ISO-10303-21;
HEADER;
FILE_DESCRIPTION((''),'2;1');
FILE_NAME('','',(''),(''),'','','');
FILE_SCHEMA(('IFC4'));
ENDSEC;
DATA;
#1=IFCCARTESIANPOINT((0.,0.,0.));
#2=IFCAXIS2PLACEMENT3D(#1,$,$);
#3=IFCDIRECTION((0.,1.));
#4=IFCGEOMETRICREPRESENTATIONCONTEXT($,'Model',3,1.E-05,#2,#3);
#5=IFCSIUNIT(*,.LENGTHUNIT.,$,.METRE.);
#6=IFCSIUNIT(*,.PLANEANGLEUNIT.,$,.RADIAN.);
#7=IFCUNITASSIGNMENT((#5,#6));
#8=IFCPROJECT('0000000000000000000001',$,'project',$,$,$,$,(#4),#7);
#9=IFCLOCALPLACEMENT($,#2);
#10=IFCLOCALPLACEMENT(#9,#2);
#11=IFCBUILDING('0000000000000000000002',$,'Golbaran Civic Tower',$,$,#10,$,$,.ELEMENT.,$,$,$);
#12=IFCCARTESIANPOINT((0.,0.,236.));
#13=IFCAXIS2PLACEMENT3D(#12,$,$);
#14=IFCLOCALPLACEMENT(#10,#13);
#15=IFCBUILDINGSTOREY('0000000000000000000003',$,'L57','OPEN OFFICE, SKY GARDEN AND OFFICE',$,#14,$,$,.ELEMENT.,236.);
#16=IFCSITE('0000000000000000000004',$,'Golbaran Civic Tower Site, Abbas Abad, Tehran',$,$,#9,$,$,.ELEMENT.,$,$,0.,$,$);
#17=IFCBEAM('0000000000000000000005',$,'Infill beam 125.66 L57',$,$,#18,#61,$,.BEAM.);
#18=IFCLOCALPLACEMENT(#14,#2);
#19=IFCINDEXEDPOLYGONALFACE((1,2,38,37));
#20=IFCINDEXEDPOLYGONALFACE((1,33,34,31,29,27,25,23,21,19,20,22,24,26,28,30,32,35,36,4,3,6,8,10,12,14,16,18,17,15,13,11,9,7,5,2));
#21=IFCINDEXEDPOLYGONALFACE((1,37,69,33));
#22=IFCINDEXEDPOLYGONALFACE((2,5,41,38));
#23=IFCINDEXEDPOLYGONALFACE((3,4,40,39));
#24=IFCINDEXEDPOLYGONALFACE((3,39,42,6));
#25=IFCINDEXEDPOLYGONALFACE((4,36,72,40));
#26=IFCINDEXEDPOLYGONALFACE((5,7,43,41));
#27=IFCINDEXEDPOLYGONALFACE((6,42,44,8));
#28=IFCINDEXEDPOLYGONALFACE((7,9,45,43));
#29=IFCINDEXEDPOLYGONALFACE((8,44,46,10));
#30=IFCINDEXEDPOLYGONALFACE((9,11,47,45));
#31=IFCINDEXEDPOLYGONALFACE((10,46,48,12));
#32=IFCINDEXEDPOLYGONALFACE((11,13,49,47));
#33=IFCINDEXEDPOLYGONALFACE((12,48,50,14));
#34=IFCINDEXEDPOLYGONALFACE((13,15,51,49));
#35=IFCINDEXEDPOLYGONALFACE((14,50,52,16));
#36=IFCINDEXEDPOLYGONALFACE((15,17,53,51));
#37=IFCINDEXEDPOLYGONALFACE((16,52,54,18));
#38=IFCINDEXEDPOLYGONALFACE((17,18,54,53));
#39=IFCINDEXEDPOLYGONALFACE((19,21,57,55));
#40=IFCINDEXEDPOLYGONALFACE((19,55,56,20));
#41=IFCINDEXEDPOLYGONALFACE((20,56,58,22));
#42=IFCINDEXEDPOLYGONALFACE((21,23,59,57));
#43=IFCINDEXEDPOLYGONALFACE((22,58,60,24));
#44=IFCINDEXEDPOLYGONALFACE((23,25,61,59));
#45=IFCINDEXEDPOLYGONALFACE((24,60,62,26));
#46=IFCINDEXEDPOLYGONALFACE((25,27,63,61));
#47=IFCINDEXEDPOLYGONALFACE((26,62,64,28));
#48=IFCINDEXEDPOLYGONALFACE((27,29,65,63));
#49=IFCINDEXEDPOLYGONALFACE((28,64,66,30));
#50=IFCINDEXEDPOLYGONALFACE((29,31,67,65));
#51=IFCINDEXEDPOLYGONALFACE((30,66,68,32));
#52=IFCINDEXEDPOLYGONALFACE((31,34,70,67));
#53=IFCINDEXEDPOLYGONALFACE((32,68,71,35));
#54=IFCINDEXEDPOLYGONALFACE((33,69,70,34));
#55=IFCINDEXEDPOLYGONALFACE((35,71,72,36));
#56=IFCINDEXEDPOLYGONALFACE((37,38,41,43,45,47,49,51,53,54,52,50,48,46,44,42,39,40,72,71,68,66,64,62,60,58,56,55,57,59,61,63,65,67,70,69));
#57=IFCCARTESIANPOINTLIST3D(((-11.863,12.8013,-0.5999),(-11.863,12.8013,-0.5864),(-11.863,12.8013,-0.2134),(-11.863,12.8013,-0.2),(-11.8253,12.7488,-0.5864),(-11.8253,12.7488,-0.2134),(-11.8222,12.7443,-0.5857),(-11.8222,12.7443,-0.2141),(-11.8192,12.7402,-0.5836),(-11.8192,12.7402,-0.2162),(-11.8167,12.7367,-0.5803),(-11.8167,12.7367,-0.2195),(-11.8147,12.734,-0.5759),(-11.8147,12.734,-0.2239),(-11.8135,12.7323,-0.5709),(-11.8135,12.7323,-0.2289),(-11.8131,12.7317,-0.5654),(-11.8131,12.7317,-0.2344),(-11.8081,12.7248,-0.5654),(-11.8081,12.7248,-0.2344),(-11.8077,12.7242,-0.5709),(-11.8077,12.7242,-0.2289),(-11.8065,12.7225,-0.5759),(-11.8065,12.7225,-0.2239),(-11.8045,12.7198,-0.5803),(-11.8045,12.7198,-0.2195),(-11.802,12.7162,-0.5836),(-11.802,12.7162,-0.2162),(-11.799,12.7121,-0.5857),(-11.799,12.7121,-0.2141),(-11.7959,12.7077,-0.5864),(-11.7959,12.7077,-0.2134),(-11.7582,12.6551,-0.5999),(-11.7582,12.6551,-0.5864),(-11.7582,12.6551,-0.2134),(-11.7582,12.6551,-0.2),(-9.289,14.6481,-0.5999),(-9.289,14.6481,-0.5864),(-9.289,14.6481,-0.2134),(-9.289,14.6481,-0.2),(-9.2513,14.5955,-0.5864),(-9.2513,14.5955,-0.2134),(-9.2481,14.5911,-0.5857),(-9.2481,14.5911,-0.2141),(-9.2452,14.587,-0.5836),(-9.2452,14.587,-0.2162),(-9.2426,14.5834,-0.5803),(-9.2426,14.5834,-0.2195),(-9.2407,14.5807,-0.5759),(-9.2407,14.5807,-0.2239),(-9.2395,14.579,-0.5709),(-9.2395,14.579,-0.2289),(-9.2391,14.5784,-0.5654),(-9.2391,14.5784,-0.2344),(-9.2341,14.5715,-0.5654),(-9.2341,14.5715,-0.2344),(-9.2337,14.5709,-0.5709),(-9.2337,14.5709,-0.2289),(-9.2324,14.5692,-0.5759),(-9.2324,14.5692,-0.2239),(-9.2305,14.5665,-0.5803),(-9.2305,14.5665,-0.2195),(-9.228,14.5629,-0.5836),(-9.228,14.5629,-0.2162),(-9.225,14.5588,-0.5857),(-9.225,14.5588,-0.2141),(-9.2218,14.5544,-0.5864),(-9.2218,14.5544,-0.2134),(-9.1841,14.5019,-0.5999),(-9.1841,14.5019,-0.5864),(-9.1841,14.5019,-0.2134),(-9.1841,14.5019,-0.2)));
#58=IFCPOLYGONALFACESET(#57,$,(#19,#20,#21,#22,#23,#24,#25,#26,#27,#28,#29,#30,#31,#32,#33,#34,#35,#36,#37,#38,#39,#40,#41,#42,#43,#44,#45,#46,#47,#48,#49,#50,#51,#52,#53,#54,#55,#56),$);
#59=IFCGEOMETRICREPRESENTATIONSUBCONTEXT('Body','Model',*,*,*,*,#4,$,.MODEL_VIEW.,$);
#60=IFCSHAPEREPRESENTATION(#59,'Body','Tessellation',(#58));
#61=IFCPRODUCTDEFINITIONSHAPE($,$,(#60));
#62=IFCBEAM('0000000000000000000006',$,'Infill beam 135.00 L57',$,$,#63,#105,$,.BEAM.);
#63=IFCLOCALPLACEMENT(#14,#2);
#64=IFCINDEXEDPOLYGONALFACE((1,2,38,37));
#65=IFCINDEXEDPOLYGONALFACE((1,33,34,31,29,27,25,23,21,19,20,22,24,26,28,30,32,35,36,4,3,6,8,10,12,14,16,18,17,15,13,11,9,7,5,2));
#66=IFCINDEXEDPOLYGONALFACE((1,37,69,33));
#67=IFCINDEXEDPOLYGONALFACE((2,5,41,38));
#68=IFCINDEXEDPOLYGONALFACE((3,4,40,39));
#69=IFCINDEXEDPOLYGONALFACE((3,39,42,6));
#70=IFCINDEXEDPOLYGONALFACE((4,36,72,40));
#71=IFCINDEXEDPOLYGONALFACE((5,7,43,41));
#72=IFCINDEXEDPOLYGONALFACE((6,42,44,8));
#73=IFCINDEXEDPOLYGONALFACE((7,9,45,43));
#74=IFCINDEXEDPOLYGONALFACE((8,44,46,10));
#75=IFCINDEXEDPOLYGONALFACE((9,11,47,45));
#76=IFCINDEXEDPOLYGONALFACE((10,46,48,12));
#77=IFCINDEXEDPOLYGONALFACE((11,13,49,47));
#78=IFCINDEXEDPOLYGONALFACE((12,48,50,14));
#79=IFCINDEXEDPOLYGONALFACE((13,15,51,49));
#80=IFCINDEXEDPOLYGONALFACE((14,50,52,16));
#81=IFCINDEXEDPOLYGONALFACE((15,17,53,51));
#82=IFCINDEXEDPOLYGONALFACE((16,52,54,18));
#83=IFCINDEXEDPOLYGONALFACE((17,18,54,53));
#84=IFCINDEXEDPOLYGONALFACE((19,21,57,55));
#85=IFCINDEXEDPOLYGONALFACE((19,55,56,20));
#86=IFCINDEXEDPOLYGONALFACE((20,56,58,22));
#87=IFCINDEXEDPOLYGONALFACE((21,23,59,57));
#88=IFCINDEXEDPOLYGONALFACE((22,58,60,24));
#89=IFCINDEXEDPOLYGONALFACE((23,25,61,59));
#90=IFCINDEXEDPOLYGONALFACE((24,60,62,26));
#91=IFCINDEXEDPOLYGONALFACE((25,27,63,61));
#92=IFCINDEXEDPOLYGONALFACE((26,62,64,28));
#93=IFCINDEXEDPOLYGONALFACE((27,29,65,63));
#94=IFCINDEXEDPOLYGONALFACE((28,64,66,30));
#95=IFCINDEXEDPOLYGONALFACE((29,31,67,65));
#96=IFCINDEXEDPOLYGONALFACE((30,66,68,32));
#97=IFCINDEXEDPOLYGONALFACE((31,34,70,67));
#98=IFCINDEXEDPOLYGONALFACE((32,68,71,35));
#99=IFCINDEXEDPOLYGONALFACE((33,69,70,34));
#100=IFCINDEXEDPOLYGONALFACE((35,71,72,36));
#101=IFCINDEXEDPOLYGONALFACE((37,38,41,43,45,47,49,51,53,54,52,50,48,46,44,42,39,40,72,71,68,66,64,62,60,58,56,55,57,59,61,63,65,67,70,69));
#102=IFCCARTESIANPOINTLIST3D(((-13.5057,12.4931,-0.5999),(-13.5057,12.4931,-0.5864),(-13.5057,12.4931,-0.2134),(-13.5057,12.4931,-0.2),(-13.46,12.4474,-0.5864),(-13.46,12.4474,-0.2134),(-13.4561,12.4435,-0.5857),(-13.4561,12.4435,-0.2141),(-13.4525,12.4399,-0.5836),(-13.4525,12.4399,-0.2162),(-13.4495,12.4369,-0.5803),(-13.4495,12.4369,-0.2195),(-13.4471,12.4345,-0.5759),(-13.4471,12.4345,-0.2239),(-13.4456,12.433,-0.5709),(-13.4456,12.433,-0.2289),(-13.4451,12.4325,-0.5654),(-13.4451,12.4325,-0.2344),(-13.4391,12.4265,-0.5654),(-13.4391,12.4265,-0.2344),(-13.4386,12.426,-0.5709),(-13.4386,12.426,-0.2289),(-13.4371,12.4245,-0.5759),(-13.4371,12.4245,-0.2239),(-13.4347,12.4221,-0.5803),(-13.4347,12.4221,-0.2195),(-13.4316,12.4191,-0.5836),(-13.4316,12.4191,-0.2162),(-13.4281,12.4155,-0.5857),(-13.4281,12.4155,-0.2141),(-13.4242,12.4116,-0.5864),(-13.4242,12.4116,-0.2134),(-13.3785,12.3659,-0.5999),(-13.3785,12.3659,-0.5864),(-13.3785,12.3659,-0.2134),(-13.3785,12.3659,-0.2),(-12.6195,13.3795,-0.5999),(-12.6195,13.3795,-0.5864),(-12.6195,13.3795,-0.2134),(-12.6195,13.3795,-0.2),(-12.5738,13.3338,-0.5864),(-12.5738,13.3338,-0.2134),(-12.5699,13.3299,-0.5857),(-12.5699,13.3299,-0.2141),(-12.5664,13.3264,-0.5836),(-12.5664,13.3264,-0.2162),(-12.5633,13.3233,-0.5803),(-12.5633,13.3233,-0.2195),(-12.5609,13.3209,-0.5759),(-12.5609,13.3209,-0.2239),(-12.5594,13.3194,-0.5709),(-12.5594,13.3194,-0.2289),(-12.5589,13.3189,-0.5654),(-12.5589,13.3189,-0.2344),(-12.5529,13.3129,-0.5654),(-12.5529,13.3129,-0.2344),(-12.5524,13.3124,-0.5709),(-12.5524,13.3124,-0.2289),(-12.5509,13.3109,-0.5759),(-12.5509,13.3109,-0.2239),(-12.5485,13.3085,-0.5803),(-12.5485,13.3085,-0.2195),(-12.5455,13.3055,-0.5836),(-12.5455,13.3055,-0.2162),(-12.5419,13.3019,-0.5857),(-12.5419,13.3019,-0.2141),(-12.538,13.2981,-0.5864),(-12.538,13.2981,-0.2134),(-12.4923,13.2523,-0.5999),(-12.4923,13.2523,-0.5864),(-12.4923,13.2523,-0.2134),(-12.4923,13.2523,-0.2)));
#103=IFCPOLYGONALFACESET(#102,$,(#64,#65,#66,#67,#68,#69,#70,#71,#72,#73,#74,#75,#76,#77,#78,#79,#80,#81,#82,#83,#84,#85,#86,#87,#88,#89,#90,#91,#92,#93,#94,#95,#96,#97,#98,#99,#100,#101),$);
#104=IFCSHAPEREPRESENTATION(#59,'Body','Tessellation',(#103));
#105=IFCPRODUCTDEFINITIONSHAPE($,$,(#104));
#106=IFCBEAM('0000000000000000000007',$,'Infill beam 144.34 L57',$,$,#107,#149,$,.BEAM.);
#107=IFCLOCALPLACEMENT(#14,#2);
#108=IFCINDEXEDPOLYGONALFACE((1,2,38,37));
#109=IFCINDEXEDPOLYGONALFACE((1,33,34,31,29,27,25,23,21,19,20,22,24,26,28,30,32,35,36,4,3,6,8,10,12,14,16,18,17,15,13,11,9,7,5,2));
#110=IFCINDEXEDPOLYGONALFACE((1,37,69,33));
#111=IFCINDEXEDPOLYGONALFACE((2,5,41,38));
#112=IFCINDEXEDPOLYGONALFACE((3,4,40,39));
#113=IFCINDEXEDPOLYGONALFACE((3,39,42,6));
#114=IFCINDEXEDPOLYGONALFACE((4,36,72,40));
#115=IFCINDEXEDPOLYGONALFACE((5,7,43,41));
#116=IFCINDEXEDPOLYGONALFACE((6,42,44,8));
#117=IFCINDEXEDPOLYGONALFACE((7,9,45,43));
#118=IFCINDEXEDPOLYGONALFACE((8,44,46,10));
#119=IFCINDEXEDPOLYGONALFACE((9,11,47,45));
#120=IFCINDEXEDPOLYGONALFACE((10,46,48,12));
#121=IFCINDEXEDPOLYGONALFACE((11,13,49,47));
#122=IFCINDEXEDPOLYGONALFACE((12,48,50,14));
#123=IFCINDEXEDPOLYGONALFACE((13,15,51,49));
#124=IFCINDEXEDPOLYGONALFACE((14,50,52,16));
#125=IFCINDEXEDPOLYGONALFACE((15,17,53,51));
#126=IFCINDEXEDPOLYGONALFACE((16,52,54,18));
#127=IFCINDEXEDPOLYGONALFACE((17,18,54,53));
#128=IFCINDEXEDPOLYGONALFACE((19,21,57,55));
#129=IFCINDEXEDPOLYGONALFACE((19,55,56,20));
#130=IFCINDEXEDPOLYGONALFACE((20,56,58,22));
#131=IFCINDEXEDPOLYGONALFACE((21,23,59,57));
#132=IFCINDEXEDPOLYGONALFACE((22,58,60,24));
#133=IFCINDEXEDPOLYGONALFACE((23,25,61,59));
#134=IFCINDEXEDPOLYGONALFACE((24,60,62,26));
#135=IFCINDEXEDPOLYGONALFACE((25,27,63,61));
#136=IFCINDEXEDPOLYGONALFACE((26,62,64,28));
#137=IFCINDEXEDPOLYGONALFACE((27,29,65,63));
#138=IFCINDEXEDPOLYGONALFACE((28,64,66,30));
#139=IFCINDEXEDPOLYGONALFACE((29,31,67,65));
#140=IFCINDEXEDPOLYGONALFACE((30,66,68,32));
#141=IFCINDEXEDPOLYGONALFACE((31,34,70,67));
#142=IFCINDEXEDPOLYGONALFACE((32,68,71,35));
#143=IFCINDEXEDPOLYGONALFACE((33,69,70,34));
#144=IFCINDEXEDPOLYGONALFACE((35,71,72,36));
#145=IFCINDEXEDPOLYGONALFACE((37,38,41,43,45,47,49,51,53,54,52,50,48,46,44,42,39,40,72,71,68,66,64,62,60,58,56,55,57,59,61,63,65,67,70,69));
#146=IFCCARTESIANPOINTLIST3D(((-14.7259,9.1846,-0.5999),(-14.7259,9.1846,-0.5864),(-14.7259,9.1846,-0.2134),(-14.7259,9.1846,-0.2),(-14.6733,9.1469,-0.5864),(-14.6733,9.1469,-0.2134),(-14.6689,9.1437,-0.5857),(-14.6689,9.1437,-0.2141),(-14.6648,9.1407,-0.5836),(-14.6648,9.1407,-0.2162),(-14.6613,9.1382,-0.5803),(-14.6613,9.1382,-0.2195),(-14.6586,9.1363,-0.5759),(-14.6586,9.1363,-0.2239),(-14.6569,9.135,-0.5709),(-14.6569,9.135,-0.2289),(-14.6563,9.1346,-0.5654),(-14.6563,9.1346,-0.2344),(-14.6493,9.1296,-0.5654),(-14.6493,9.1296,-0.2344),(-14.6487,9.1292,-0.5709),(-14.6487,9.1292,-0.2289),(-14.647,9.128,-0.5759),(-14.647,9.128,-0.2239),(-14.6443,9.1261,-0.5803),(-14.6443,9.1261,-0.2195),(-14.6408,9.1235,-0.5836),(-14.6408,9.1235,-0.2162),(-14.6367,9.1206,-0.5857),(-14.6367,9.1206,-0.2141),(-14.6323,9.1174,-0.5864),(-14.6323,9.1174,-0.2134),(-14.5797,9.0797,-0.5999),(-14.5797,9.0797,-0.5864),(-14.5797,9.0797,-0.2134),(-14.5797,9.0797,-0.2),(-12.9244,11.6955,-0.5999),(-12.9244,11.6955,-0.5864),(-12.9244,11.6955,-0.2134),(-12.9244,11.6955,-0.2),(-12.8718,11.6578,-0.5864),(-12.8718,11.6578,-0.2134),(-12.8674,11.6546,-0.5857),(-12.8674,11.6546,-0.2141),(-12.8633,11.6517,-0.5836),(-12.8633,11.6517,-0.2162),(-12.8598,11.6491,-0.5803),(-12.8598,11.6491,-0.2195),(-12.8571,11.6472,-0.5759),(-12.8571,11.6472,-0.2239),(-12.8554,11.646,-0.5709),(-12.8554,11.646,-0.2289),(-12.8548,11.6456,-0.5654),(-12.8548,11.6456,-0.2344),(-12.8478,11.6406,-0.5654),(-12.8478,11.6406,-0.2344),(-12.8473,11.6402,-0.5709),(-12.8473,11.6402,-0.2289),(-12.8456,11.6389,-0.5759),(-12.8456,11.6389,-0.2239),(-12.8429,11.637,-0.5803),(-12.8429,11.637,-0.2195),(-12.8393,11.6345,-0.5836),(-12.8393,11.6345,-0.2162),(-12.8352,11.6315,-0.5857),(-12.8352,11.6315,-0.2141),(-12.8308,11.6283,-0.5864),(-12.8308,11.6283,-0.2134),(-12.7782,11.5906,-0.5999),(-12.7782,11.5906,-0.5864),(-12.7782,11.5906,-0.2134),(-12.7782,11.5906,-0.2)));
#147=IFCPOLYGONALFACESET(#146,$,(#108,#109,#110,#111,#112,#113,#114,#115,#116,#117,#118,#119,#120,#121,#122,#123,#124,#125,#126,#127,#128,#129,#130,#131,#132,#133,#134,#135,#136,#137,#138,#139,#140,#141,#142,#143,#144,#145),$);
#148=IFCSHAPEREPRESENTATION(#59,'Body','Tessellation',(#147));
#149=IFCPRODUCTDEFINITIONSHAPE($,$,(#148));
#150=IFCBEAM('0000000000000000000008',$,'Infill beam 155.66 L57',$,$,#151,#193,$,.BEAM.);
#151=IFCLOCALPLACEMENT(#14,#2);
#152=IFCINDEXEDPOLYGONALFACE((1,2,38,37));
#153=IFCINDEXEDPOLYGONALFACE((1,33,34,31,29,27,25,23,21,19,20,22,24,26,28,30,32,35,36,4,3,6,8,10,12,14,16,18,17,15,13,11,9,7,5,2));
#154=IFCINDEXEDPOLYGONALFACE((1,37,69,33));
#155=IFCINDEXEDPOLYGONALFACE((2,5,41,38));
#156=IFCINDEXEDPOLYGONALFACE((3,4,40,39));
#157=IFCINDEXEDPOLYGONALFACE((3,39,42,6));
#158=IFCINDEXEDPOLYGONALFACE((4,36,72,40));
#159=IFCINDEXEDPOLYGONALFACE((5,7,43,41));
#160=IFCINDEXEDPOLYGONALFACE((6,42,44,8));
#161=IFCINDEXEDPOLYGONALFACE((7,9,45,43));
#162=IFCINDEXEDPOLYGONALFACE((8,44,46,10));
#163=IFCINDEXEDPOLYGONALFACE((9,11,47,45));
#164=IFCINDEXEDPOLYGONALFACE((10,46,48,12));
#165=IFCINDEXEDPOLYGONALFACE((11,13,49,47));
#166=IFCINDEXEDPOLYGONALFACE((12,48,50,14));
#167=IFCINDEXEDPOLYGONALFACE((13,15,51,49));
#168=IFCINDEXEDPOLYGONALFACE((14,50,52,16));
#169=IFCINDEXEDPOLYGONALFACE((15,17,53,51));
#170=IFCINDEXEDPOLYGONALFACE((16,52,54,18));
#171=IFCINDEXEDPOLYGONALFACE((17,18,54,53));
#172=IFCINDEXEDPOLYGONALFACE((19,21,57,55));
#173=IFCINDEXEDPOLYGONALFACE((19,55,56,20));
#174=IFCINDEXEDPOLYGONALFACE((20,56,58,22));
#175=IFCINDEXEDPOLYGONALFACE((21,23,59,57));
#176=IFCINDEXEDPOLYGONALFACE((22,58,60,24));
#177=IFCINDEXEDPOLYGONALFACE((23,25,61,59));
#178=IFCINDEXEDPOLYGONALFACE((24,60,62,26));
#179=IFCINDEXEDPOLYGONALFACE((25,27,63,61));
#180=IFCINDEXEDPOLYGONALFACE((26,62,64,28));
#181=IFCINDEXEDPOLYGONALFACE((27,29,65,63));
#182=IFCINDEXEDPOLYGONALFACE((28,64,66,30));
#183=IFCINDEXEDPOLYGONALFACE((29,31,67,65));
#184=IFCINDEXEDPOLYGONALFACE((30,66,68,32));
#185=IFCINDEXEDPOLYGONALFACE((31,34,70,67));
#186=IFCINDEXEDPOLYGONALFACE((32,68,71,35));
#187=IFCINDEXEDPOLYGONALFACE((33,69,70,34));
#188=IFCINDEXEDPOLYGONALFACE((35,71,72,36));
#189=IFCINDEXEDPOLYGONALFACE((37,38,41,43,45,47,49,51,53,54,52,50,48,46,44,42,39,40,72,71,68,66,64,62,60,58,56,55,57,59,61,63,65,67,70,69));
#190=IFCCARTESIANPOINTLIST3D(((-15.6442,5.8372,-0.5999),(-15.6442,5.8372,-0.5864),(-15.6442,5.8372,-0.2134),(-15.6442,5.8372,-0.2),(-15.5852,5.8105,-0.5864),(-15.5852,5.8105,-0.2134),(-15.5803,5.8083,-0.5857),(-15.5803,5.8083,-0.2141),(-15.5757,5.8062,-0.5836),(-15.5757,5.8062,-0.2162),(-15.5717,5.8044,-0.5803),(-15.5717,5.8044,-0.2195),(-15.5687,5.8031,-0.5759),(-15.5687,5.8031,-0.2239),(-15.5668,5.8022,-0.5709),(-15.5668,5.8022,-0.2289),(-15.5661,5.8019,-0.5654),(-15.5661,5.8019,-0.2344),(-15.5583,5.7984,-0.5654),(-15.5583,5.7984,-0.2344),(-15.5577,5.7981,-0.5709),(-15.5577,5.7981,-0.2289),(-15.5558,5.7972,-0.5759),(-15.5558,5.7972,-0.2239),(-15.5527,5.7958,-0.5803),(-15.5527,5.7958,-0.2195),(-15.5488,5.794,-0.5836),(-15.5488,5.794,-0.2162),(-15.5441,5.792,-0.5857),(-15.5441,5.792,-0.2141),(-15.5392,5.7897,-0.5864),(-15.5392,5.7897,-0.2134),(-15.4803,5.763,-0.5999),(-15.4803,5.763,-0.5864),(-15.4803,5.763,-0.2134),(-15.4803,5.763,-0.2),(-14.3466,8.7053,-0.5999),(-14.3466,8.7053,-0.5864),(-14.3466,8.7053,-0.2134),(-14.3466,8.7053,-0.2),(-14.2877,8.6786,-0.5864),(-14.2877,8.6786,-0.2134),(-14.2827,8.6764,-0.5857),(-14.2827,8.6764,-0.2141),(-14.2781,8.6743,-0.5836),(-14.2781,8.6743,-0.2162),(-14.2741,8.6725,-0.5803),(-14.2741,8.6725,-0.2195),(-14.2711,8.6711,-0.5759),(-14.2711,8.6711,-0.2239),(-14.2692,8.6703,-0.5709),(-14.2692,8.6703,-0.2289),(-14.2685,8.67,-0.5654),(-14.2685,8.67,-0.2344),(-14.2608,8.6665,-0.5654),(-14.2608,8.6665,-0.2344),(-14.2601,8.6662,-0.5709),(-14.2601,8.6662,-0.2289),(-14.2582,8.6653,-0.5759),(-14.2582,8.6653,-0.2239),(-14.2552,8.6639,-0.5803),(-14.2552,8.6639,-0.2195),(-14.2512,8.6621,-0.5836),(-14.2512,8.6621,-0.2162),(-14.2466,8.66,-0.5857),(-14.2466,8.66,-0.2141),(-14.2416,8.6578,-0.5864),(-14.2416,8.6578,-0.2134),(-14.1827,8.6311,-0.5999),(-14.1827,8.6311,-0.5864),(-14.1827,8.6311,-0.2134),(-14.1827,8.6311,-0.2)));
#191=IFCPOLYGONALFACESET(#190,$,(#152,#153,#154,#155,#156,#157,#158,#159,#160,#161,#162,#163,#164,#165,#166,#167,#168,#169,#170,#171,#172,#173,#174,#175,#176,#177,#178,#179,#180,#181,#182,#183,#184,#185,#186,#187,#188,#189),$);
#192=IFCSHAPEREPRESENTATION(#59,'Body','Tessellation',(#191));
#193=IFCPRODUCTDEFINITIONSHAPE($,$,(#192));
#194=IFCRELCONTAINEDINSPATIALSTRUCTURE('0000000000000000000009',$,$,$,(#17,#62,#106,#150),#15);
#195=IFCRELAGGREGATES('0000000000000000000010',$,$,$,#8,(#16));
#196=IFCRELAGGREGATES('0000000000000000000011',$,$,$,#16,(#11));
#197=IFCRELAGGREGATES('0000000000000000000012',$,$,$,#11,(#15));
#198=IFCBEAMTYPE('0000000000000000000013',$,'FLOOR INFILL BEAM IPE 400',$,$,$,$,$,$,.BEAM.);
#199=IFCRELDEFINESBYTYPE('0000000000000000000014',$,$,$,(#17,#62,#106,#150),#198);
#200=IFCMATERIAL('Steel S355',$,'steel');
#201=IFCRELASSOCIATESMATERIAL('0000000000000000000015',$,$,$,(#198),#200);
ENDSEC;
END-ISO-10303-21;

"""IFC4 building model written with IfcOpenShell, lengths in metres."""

from ifc_helpers import new_model, si_unit, direction, frame, origin, origin_2d, place, context, subcontext, project, spatial, i_section, extrude, material, material_profile, profile_set, type_object, element, save


model = new_model("IFC4")

# Units and contexts
model_context = context("Model", 3, precision=1e-05, world=origin(), true_north=direction((0.0, 1.0)))
body_context = subcontext(model_context, "Body", "Model", "MODEL_VIEW")
ifc_project = project(units=[si_unit("LENGTHUNIT", "METRE"), si_unit("PLANEANGLEUNIT", "RADIAN")], contexts=[model_context])

# Site, building, storey
site_placement = place(None, origin())
site = spatial("IfcSite", under=ifc_project, at=site_placement, Name="Golbaran Civic Tower Site, Abbas Abad, Tehran", CompositionType="ELEMENT", RefElevation=0.0)
building_placement = place(site_placement, origin())
building = spatial("IfcBuilding", under=site, at=building_placement, Name="Golbaran Civic Tower", CompositionType="ELEMENT")
storey_placement = place(building_placement, frame((0.0, 0.0, 236.0)))
storey = spatial("IfcBuildingStorey", under=building, at=storey_placement, Name="L57", Description="OPEN OFFICE, SKY GARDEN AND OFFICE", CompositionType="ELEMENT", Elevation=236.0)

# Beams
ifc_material_1 = material(Name="Steel S355", Category="steel")
ifc_material_profile_1 = material_profile(ifc_material_1, i_section(OverallWidth=0.1799, OverallDepth=0.3999, WebThickness=0.0085, FlangeThickness=0.0134, FilletRadius=0.021, at=origin_2d()), Name="IPE 400")
ifc_profile_set_1 = profile_set([ifc_material_profile_1], Name="Steel S355")
beam_type_1 = type_object("IfcBeamType", Name="FLOOR INFILL BEAM IPE 400", PredefinedType="BEAM", material=ifc_profile_set_1)
beam_1_placement = place(storey_placement, frame((-9.2366, 14.575, -0.3999), z_axis=(-0.812518, -0.582936, 0.0), x_axis=(0.582936, -0.812518, 0.0)))
element("IfcBeam", 1, at=beam_1_placement, inside=storey, type_object=beam_type_1, Name="Infill beam 125.66 L57", PredefinedType="BEAM", context=body_context, shape_type="SweptSolid", body=[
    extrude(i_section(OverallWidth=0.1799, OverallDepth=0.3999, WebThickness=0.0085, FlangeThickness=0.0134, FilletRadius=0.021, at=origin_2d()), origin(), (0.0, 0.0, 1.0), 3.168),
])
beam_2_placement = place(storey_placement, frame((-12.5559, 13.3159, -0.3999), z_axis=(-0.707009, -0.707204, 0.0), x_axis=(0.707204, -0.707009, 0.0)))
element("IfcBeam", 2, at=beam_2_placement, inside=storey, type_object=beam_type_1, Name="Infill beam 135.00 L57", PredefinedType="BEAM", context=body_context, shape_type="SweptSolid", body=[
    extrude(i_section(OverallWidth=0.1799, OverallDepth=0.3999, WebThickness=0.0085, FlangeThickness=0.0134, FilletRadius=0.021, at=origin_2d()), origin(), (0.0, 0.0, 1.0), 1.2534),
])
beam_3_placement = place(storey_placement, frame((-12.8513, 11.6431, -0.3999), z_axis=(-0.582941, -0.812515, 0.0), x_axis=(0.812515, -0.582941, 0.0)))
element("IfcBeam", 3, at=beam_3_placement, inside=storey, type_object=beam_type_1, Name="Infill beam 144.34 L57", PredefinedType="BEAM", context=body_context, shape_type="SweptSolid", body=[
    extrude(i_section(OverallWidth=0.1799, OverallDepth=0.3999, WebThickness=0.0085, FlangeThickness=0.0134, FilletRadius=0.021, at=origin_2d()), origin(), (0.0, 0.0, 1.0), 3.0903),
])
beam_4_placement = place(storey_placement, frame((-14.2646, 8.6682, -0.3999), z_axis=(-0.412195, -0.911095, 0.0), x_axis=(0.911095, -0.412195, 0.0)))
element("IfcBeam", 4, at=beam_4_placement, inside=storey, type_object=beam_type_1, Name="Infill beam 155.66 L57", PredefinedType="BEAM", context=body_context, shape_type="SweptSolid", body=[
    extrude(i_section(OverallWidth=0.1799, OverallDepth=0.3999, WebThickness=0.0085, FlangeThickness=0.0134, FilletRadius=0.021, at=origin_2d()), origin(), (0.0, 0.0, 1.0), 3.1479),
])

save(model, "model.ifc")
